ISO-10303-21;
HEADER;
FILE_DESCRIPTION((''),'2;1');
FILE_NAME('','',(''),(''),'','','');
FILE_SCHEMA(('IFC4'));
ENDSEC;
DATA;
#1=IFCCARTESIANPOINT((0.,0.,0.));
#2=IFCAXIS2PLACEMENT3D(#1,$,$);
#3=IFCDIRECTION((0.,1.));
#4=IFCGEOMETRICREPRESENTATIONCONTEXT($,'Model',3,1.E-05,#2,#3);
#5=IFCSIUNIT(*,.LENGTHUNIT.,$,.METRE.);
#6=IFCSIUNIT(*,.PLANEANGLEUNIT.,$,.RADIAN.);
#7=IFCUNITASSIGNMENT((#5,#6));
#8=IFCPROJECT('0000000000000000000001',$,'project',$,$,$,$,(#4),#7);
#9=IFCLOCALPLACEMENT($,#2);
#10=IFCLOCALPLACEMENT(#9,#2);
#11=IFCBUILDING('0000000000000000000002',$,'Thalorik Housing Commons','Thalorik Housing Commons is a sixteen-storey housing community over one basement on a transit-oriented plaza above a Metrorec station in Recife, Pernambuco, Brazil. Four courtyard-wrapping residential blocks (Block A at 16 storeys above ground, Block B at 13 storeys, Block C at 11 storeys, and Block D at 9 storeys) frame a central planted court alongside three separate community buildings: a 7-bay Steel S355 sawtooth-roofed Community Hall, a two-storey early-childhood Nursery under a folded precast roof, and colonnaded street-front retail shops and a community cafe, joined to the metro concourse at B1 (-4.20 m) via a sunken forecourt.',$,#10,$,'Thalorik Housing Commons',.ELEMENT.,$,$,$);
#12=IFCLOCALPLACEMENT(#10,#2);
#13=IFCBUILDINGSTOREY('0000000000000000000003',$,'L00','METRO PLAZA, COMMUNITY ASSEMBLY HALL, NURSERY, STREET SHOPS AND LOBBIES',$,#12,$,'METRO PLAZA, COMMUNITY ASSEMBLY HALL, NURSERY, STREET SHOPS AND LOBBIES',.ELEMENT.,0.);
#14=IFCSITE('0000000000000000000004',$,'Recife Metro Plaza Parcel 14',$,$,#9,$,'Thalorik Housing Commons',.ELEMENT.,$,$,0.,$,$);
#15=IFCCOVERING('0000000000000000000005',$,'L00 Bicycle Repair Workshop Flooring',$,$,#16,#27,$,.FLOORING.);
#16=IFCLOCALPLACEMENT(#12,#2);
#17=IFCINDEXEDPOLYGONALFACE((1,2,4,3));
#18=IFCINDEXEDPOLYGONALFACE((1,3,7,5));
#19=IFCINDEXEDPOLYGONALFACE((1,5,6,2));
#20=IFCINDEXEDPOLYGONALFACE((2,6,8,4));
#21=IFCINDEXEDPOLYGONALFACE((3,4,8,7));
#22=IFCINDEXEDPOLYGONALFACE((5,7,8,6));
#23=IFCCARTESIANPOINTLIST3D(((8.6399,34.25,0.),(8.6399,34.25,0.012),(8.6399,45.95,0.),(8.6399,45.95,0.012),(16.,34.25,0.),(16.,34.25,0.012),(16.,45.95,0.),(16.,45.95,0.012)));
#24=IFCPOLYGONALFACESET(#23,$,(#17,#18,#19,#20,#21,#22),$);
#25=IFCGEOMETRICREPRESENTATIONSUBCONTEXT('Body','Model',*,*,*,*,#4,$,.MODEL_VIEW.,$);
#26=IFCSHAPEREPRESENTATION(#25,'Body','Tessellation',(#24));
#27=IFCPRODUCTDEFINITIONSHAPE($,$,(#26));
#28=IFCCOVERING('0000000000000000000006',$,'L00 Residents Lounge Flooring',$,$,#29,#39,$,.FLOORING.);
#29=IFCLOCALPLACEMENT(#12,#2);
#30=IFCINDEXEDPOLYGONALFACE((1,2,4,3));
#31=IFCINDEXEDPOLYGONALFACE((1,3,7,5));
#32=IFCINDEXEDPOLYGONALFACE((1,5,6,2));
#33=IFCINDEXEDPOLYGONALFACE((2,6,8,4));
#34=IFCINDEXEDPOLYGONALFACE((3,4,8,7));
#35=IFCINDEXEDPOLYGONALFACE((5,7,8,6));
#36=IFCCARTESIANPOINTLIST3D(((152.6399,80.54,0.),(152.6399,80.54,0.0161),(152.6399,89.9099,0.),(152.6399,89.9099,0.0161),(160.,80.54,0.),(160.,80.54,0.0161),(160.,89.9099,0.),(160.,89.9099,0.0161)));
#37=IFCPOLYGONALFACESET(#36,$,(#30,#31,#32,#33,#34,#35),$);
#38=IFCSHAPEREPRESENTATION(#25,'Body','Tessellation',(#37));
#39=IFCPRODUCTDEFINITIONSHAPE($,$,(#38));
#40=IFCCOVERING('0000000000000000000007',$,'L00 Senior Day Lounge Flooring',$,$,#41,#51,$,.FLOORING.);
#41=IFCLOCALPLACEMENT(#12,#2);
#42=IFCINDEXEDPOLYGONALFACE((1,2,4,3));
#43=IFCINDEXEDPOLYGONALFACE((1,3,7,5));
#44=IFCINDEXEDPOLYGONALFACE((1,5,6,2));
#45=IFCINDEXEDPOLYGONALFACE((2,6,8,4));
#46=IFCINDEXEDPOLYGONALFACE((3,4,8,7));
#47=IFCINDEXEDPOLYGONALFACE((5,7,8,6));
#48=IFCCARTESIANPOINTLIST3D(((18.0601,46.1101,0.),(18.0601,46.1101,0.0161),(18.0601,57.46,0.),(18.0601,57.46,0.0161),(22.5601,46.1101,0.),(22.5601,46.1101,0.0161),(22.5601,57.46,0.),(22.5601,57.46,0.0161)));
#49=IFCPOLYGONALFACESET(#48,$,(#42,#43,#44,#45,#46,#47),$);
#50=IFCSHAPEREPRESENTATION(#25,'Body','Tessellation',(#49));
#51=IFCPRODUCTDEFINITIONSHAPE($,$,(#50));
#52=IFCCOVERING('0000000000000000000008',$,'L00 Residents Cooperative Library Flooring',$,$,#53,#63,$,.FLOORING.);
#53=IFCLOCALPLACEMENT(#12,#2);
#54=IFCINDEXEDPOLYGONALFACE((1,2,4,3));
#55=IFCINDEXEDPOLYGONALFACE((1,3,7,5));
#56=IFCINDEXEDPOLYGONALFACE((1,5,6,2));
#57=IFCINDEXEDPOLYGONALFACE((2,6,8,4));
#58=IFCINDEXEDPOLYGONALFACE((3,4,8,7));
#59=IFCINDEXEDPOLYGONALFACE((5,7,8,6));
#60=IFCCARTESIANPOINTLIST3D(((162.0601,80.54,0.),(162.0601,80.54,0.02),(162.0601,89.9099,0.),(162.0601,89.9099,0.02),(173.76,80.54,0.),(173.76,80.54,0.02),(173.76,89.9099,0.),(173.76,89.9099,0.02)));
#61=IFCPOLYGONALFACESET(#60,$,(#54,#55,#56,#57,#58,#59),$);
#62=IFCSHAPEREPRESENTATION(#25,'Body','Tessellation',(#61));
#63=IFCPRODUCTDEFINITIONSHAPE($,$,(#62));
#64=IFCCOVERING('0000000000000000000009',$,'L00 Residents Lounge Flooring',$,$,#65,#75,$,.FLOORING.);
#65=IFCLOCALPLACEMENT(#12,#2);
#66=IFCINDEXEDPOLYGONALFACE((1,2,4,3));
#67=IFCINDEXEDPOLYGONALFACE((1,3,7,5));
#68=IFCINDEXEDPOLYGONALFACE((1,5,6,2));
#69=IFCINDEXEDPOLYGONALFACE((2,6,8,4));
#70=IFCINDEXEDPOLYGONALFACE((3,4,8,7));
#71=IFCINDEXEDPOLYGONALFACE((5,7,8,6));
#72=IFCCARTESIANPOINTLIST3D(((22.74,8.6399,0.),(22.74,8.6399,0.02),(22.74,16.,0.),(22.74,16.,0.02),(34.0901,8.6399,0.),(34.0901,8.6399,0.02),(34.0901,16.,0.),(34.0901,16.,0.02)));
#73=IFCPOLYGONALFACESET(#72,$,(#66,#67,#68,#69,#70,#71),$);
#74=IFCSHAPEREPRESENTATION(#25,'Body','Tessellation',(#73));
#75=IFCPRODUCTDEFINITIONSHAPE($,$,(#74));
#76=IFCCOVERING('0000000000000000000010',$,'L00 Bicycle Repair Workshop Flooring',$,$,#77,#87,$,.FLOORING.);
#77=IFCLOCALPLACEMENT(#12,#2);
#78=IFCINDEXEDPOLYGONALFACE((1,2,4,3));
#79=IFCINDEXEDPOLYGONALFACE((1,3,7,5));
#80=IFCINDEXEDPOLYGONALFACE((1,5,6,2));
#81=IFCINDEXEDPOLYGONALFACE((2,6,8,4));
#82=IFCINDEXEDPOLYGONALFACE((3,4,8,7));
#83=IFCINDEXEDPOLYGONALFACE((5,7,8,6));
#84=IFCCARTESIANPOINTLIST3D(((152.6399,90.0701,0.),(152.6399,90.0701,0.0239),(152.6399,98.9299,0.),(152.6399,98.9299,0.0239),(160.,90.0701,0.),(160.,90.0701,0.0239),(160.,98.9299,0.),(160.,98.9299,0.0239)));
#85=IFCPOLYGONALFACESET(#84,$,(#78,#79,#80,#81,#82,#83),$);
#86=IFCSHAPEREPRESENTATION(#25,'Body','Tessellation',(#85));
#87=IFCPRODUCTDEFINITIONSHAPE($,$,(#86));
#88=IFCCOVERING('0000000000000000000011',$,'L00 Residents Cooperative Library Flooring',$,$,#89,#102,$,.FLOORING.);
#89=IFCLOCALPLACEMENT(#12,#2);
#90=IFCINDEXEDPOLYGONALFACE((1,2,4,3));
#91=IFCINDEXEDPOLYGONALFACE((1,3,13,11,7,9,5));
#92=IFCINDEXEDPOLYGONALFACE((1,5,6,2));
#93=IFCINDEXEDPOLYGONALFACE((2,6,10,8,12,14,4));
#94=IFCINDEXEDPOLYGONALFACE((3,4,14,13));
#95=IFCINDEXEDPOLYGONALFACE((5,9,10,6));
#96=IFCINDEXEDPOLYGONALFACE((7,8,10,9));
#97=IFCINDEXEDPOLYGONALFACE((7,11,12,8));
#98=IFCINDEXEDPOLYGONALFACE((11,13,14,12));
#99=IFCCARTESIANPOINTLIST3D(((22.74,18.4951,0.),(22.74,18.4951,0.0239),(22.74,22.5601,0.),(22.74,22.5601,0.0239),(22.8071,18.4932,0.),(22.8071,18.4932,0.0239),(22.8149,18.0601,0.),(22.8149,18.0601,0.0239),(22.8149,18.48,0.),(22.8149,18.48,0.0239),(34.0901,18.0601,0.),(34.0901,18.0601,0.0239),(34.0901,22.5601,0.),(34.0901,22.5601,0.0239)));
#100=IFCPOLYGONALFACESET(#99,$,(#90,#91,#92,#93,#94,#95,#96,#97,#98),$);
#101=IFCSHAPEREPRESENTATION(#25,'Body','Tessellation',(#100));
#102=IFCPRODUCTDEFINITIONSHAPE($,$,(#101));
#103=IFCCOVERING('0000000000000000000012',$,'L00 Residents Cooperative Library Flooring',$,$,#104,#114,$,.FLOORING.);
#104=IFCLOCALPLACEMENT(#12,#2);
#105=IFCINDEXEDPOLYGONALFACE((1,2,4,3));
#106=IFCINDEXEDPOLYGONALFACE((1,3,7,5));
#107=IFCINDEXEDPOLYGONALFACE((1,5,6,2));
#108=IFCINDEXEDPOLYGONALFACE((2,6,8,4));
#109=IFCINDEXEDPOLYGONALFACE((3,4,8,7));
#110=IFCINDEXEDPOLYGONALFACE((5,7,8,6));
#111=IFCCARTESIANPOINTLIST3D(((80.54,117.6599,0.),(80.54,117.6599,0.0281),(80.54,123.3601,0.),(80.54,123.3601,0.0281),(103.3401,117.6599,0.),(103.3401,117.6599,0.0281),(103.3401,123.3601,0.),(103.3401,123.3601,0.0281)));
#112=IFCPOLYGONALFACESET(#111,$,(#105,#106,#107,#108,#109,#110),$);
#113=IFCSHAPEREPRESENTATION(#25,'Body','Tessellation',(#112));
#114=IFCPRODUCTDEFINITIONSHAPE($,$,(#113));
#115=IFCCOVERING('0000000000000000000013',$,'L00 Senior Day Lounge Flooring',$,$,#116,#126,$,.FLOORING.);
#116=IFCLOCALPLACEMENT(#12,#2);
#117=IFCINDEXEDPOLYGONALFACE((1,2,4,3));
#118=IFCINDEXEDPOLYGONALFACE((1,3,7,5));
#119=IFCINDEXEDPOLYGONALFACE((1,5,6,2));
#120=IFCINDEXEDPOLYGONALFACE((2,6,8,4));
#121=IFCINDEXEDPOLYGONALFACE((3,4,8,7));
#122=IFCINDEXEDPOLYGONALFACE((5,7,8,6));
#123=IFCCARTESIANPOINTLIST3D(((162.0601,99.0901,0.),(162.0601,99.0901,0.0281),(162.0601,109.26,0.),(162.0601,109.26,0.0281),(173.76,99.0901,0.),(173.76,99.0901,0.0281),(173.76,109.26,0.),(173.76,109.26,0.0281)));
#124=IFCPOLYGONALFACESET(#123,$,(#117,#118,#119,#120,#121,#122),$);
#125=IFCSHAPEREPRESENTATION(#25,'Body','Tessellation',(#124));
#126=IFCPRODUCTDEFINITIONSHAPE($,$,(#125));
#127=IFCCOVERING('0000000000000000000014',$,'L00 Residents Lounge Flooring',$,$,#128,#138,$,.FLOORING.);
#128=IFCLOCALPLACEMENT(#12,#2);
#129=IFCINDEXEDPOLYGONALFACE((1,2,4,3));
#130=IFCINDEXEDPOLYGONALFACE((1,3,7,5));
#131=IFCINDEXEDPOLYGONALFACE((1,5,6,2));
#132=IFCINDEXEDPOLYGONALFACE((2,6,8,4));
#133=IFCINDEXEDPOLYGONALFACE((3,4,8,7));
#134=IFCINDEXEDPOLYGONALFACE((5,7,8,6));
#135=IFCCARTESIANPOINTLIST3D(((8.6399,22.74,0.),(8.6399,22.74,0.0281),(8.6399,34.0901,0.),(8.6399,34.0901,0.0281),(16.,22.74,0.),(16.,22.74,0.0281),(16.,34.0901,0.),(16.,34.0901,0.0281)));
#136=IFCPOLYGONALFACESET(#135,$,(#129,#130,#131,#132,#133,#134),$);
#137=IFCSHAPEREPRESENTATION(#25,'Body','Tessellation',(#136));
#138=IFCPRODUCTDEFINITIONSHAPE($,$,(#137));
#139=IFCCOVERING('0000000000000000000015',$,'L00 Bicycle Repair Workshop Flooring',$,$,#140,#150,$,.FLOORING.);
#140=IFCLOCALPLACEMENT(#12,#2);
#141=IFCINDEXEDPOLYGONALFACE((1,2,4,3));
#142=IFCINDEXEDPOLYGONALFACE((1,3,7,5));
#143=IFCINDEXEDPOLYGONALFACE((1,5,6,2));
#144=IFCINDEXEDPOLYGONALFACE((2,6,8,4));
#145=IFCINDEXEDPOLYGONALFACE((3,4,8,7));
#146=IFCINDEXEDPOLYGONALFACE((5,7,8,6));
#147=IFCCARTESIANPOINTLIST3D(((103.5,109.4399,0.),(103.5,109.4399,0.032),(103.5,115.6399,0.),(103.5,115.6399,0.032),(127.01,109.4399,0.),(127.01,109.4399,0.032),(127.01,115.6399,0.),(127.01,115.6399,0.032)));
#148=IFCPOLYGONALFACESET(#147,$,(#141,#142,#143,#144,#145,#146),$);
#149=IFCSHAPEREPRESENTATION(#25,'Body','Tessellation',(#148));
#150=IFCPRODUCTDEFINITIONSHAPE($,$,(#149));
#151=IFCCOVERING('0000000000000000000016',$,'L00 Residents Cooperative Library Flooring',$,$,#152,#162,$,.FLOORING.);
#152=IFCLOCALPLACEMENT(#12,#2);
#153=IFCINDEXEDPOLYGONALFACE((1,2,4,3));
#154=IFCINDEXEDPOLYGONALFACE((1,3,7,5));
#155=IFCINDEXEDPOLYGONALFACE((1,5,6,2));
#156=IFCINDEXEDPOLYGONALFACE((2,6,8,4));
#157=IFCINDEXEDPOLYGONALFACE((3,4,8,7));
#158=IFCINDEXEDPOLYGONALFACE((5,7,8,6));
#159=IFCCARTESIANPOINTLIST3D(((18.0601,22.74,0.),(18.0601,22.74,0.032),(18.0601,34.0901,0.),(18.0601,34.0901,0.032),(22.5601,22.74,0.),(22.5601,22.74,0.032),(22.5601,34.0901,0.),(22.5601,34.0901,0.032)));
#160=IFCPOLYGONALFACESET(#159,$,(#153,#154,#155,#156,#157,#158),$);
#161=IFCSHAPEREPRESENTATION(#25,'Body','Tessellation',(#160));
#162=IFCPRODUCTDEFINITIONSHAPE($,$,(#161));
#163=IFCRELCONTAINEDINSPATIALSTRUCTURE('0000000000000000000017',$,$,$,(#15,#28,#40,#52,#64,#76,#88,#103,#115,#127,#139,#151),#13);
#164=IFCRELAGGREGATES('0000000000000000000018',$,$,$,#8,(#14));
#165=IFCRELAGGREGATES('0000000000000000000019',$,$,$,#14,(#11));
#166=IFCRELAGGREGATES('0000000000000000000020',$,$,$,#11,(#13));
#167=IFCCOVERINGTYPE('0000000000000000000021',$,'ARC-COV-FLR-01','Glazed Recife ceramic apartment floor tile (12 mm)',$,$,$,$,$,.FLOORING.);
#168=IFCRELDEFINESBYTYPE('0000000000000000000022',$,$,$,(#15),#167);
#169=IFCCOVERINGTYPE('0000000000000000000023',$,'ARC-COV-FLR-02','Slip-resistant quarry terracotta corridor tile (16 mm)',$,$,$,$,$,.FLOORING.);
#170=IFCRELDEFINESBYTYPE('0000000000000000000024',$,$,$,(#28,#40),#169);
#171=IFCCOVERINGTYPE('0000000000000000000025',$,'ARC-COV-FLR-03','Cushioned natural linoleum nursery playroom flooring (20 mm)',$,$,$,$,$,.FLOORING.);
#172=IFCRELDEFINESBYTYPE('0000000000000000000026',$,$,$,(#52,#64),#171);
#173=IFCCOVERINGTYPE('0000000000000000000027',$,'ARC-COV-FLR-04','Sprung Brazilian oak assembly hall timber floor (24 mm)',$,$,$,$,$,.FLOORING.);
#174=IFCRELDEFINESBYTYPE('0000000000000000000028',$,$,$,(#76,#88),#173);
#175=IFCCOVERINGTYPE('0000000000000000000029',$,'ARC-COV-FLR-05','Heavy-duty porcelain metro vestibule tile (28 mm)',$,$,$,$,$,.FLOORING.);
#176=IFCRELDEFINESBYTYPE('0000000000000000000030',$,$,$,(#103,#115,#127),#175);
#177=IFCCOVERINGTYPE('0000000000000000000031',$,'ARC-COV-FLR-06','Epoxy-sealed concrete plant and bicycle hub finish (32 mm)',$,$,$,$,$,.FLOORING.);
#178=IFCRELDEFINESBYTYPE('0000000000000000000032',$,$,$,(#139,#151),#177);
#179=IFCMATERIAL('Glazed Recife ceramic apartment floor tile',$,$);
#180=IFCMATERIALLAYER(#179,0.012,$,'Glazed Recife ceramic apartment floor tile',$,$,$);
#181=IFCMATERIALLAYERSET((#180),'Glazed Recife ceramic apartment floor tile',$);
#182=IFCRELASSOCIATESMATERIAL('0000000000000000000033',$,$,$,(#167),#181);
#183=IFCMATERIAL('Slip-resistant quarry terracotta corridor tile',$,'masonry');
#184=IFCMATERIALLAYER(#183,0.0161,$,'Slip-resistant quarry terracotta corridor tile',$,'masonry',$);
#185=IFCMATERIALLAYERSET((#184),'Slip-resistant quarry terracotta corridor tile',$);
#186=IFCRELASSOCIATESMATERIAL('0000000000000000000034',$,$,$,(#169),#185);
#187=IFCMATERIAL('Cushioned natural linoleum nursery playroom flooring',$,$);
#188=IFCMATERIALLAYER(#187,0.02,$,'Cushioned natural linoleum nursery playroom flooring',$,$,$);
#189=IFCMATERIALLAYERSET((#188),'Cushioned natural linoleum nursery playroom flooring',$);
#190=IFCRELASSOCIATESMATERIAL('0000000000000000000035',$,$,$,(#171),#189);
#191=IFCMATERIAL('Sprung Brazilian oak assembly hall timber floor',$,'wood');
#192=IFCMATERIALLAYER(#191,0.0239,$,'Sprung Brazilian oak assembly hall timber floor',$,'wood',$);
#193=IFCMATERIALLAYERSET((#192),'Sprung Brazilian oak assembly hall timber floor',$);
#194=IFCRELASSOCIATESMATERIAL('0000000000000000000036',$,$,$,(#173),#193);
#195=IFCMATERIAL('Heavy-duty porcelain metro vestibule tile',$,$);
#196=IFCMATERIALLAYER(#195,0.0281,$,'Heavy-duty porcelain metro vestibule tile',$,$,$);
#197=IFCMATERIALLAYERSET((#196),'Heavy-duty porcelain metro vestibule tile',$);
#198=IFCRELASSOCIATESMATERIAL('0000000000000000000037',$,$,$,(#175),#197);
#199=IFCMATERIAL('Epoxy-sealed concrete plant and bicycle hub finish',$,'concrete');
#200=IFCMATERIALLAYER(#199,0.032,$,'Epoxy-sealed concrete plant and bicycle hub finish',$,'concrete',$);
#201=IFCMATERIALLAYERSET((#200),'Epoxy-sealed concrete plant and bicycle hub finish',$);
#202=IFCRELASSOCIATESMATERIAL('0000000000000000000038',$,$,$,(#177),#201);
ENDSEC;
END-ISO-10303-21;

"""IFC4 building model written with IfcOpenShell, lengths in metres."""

from ifc_helpers import new_model, si_unit, direction, origin, place, context, subcontext, project, spatial, polyline, outline, extrude, material, layer, layer_set, type_object, element, save


model = new_model("IFC4")

# Units and contexts
model_context = context("Model", 3, precision=1e-05, world=origin(), true_north=direction((0.0, 1.0)))
body_context = subcontext(model_context, "Body", "Model", "MODEL_VIEW")
ifc_project = project(units=[si_unit("LENGTHUNIT", "METRE"), si_unit("PLANEANGLEUNIT", "RADIAN")], contexts=[model_context])

# Site, building, storey
site_placement = place(None, origin())
site = spatial("IfcSite", under=ifc_project, at=site_placement, Name="Recife Metro Plaza Parcel 14", LongName="Thalorik Housing Commons", CompositionType="ELEMENT", RefElevation=0.0)
building_placement = place(site_placement, origin())
building = spatial("IfcBuilding", under=site, at=building_placement, Name="Thalorik Housing Commons", Description="Thalorik Housing Commons is a sixteen-storey housing community over one basement on a transit-oriented plaza above a Metrorec station in Recife, Pernambuco, Brazil. Four courtyard-wrapping residential blocks (Block A at 16 storeys above ground, Block B at 13 storeys, Block C at 11 storeys, and Block D at 9 storeys) frame a central planted court alongside three separate community buildings: a 7-bay Steel S355 sawtooth-roofed Community Hall, a two-storey early-childhood Nursery under a folded precast roof, and colonnaded street-front retail shops and a community cafe, joined to the metro concourse at B1 (-4.20 m) via a sunken forecourt.", LongName="Thalorik Housing Commons", CompositionType="ELEMENT")
storey_placement = place(building_placement, origin())
storey = spatial("IfcBuildingStorey", under=building, at=storey_placement, Name="L00", Description="METRO PLAZA, COMMUNITY ASSEMBLY HALL, NURSERY, STREET SHOPS AND LOBBIES", LongName="METRO PLAZA, COMMUNITY ASSEMBLY HALL, NURSERY, STREET SHOPS AND LOBBIES", CompositionType="ELEMENT", Elevation=0.0)

# Coverings
ifc_material_1 = material(Name="Glazed Recife ceramic apartment floor tile")
ifc_layer_1 = layer(ifc_material_1, 0.012, Name="Glazed Recife ceramic apartment floor tile")
ifc_layer_set_1 = layer_set([ifc_layer_1], Name="Glazed Recife ceramic apartment floor tile")
covering_type_1 = type_object("IfcCoveringType", Name="ARC-COV-FLR-01", Description="Glazed Recife ceramic apartment floor tile (12 mm)", PredefinedType="FLOORING", material=ifc_layer_set_1)
covering_1_placement = place(storey_placement, origin())
element("IfcCovering", 1, at=covering_1_placement, inside=storey, type_object=covering_type_1, Name="L00 Bicycle Repair Workshop Flooring", PredefinedType="FLOORING", context=body_context, shape_type="SweptSolid", body=[
    extrude(outline(polyline([(16.0, 45.95), (8.6399, 45.95), (8.6399, 34.25), (16.0, 34.25), (16.0, 45.95)])), origin(), (0.0, 0.0, 1.0), 0.012),
])
ifc_material_2 = material(Name="Slip-resistant quarry terracotta corridor tile", Category="masonry")
ifc_layer_2 = layer(ifc_material_2, 0.0161, Name="Slip-resistant quarry terracotta corridor tile", Category="masonry")
ifc_layer_set_2 = layer_set([ifc_layer_2], Name="Slip-resistant quarry terracotta corridor tile")
covering_type_2 = type_object("IfcCoveringType", Name="ARC-COV-FLR-02", Description="Slip-resistant quarry terracotta corridor tile (16 mm)", PredefinedType="FLOORING", material=ifc_layer_set_2)
covering_2_placement = place(storey_placement, origin())
element("IfcCovering", 2, at=covering_2_placement, inside=storey, type_object=covering_type_2, Name="L00 Residents Lounge Flooring", PredefinedType="FLOORING", context=body_context, shape_type="SweptSolid", body=[
    extrude(outline(polyline([(160.0, 89.9099), (152.6399, 89.9099), (152.6399, 80.54), (160.0, 80.54), (160.0, 89.9099)])), origin(), (0.0, 0.0, 1.0), 0.0161),
])
covering_3_placement = place(storey_placement, origin())
element("IfcCovering", 3, at=covering_3_placement, inside=storey, type_object=covering_type_2, Name="L00 Senior Day Lounge Flooring", PredefinedType="FLOORING", context=body_context, shape_type="SweptSolid", body=[
    extrude(outline(polyline([(22.5601, 57.46), (18.0601, 57.46), (18.0601, 46.1101), (22.5601, 46.1101), (22.5601, 57.46)])), origin(), (0.0, 0.0, 1.0), 0.0161),
])
ifc_material_3 = material(Name="Cushioned natural linoleum nursery playroom flooring")
ifc_layer_3 = layer(ifc_material_3, 0.02, Name="Cushioned natural linoleum nursery playroom flooring")
ifc_layer_set_3 = layer_set([ifc_layer_3], Name="Cushioned natural linoleum nursery playroom flooring")
covering_type_3 = type_object("IfcCoveringType", Name="ARC-COV-FLR-03", Description="Cushioned natural linoleum nursery playroom flooring (20 mm)", PredefinedType="FLOORING", material=ifc_layer_set_3)
covering_4_placement = place(storey_placement, origin())
element("IfcCovering", 4, at=covering_4_placement, inside=storey, type_object=covering_type_3, Name="L00 Residents Cooperative Library Flooring", PredefinedType="FLOORING", context=body_context, shape_type="SweptSolid", body=[
    extrude(outline(polyline([(173.76, 89.9099), (162.0601, 89.9099), (162.0601, 80.54), (173.76, 80.54), (173.76, 89.9099)])), origin(), (0.0, 0.0, 1.0), 0.02),
])
covering_5_placement = place(storey_placement, origin())
element("IfcCovering", 5, at=covering_5_placement, inside=storey, type_object=covering_type_3, Name="L00 Residents Lounge Flooring", PredefinedType="FLOORING", context=body_context, shape_type="SweptSolid", body=[
    extrude(outline(polyline([(34.0901, 8.6399), (34.0901, 16.0), (22.74, 16.0), (22.74, 8.6399), (34.0901, 8.6399)])), origin(), (0.0, 0.0, 1.0), 0.02),
])
ifc_material_4 = material(Name="Sprung Brazilian oak assembly hall timber floor", Category="wood")
ifc_layer_4 = layer(ifc_material_4, 0.0239, Name="Sprung Brazilian oak assembly hall timber floor", Category="wood")
ifc_layer_set_4 = layer_set([ifc_layer_4], Name="Sprung Brazilian oak assembly hall timber floor")
covering_type_4 = type_object("IfcCoveringType", Name="ARC-COV-FLR-04", Description="Sprung Brazilian oak assembly hall timber floor (24 mm)", PredefinedType="FLOORING", material=ifc_layer_set_4)
covering_6_placement = place(storey_placement, origin())
element("IfcCovering", 6, at=covering_6_placement, inside=storey, type_object=covering_type_4, Name="L00 Bicycle Repair Workshop Flooring", PredefinedType="FLOORING", context=body_context, shape_type="SweptSolid", body=[
    extrude(outline(polyline([(160.0, 98.9299), (152.6399, 98.9299), (152.6399, 90.0701), (160.0, 90.0701), (160.0, 98.9299)])), origin(), (0.0, 0.0, 1.0), 0.0239),
])
covering_7_placement = place(storey_placement, origin())
element("IfcCovering", 7, at=covering_7_placement, inside=storey, type_object=covering_type_4, Name="L00 Residents Cooperative Library Flooring", PredefinedType="FLOORING", context=body_context, shape_type="SweptSolid", body=[
    extrude(outline(polyline([(22.74, 18.4951), (22.8071, 18.4932), (22.8149, 18.48), (22.8149, 18.0601), (34.0901, 18.0601), (34.0901, 22.5601), (22.74, 22.5601), (22.74, 18.4951)])), origin(), (0.0, 0.0, 1.0), 0.0239),
])
ifc_material_5 = material(Name="Heavy-duty porcelain metro vestibule tile")
ifc_layer_5 = layer(ifc_material_5, 0.0281, Name="Heavy-duty porcelain metro vestibule tile")
ifc_layer_set_5 = layer_set([ifc_layer_5], Name="Heavy-duty porcelain metro vestibule tile")
covering_type_5 = type_object("IfcCoveringType", Name="ARC-COV-FLR-05", Description="Heavy-duty porcelain metro vestibule tile (28 mm)", PredefinedType="FLOORING", material=ifc_layer_set_5)
covering_8_placement = place(storey_placement, origin())
element("IfcCovering", 8, at=covering_8_placement, inside=storey, type_object=covering_type_5, Name="L00 Residents Cooperative Library Flooring", PredefinedType="FLOORING", context=body_context, shape_type="SweptSolid", body=[
    extrude(outline(polyline([(103.3401, 117.6599), (103.3401, 123.3601), (80.54, 123.3601), (80.54, 117.6599), (103.3401, 117.6599)])), origin(), (0.0, 0.0, 1.0), 0.0281),
])
covering_9_placement = place(storey_placement, origin())
element("IfcCovering", 9, at=covering_9_placement, inside=storey, type_object=covering_type_5, Name="L00 Senior Day Lounge Flooring", PredefinedType="FLOORING", context=body_context, shape_type="SweptSolid", body=[
    extrude(outline(polyline([(173.76, 109.26), (162.0601, 109.26), (162.0601, 99.0901), (173.76, 99.0901), (173.76, 109.26)])), origin(), (0.0, 0.0, 1.0), 0.0281),
])
covering_10_placement = place(storey_placement, origin())
element("IfcCovering", 10, at=covering_10_placement, inside=storey, type_object=covering_type_5, Name="L00 Residents Lounge Flooring", PredefinedType="FLOORING", context=body_context, shape_type="SweptSolid", body=[
    extrude(outline(polyline([(16.0, 34.0901), (8.6399, 34.0901), (8.6399, 22.74), (16.0, 22.74), (16.0, 34.0901)])), origin(), (0.0, 0.0, 1.0), 0.0281),
])
ifc_material_6 = material(Name="Epoxy-sealed concrete plant and bicycle hub finish", Category="concrete")
ifc_layer_6 = layer(ifc_material_6, 0.032, Name="Epoxy-sealed concrete plant and bicycle hub finish", Category="concrete")
ifc_layer_set_6 = layer_set([ifc_layer_6], Name="Epoxy-sealed concrete plant and bicycle hub finish")
covering_type_6 = type_object("IfcCoveringType", Name="ARC-COV-FLR-06", Description="Epoxy-sealed concrete plant and bicycle hub finish (32 mm)", PredefinedType="FLOORING", material=ifc_layer_set_6)
covering_11_placement = place(storey_placement, origin())
element("IfcCovering", 11, at=covering_11_placement, inside=storey, type_object=covering_type_6, Name="L00 Bicycle Repair Workshop Flooring", PredefinedType="FLOORING", context=body_context, shape_type="SweptSolid", body=[
    extrude(outline(polyline([(127.01, 109.4399), (127.01, 115.6399), (103.5, 115.6399), (103.5, 109.4399), (127.01, 109.4399)])), origin(), (0.0, 0.0, 1.0), 0.032),
])
covering_12_placement = place(storey_placement, origin())
element("IfcCovering", 12, at=covering_12_placement, inside=storey, type_object=covering_type_6, Name="L00 Residents Cooperative Library Flooring", PredefinedType="FLOORING", context=body_context, shape_type="SweptSolid", body=[
    extrude(outline(polyline([(22.5601, 34.0901), (18.0601, 34.0901), (18.0601, 22.74), (22.5601, 22.74), (22.5601, 34.0901)])), origin(), (0.0, 0.0, 1.0), 0.032),
])

save(model, "model.ifc")
